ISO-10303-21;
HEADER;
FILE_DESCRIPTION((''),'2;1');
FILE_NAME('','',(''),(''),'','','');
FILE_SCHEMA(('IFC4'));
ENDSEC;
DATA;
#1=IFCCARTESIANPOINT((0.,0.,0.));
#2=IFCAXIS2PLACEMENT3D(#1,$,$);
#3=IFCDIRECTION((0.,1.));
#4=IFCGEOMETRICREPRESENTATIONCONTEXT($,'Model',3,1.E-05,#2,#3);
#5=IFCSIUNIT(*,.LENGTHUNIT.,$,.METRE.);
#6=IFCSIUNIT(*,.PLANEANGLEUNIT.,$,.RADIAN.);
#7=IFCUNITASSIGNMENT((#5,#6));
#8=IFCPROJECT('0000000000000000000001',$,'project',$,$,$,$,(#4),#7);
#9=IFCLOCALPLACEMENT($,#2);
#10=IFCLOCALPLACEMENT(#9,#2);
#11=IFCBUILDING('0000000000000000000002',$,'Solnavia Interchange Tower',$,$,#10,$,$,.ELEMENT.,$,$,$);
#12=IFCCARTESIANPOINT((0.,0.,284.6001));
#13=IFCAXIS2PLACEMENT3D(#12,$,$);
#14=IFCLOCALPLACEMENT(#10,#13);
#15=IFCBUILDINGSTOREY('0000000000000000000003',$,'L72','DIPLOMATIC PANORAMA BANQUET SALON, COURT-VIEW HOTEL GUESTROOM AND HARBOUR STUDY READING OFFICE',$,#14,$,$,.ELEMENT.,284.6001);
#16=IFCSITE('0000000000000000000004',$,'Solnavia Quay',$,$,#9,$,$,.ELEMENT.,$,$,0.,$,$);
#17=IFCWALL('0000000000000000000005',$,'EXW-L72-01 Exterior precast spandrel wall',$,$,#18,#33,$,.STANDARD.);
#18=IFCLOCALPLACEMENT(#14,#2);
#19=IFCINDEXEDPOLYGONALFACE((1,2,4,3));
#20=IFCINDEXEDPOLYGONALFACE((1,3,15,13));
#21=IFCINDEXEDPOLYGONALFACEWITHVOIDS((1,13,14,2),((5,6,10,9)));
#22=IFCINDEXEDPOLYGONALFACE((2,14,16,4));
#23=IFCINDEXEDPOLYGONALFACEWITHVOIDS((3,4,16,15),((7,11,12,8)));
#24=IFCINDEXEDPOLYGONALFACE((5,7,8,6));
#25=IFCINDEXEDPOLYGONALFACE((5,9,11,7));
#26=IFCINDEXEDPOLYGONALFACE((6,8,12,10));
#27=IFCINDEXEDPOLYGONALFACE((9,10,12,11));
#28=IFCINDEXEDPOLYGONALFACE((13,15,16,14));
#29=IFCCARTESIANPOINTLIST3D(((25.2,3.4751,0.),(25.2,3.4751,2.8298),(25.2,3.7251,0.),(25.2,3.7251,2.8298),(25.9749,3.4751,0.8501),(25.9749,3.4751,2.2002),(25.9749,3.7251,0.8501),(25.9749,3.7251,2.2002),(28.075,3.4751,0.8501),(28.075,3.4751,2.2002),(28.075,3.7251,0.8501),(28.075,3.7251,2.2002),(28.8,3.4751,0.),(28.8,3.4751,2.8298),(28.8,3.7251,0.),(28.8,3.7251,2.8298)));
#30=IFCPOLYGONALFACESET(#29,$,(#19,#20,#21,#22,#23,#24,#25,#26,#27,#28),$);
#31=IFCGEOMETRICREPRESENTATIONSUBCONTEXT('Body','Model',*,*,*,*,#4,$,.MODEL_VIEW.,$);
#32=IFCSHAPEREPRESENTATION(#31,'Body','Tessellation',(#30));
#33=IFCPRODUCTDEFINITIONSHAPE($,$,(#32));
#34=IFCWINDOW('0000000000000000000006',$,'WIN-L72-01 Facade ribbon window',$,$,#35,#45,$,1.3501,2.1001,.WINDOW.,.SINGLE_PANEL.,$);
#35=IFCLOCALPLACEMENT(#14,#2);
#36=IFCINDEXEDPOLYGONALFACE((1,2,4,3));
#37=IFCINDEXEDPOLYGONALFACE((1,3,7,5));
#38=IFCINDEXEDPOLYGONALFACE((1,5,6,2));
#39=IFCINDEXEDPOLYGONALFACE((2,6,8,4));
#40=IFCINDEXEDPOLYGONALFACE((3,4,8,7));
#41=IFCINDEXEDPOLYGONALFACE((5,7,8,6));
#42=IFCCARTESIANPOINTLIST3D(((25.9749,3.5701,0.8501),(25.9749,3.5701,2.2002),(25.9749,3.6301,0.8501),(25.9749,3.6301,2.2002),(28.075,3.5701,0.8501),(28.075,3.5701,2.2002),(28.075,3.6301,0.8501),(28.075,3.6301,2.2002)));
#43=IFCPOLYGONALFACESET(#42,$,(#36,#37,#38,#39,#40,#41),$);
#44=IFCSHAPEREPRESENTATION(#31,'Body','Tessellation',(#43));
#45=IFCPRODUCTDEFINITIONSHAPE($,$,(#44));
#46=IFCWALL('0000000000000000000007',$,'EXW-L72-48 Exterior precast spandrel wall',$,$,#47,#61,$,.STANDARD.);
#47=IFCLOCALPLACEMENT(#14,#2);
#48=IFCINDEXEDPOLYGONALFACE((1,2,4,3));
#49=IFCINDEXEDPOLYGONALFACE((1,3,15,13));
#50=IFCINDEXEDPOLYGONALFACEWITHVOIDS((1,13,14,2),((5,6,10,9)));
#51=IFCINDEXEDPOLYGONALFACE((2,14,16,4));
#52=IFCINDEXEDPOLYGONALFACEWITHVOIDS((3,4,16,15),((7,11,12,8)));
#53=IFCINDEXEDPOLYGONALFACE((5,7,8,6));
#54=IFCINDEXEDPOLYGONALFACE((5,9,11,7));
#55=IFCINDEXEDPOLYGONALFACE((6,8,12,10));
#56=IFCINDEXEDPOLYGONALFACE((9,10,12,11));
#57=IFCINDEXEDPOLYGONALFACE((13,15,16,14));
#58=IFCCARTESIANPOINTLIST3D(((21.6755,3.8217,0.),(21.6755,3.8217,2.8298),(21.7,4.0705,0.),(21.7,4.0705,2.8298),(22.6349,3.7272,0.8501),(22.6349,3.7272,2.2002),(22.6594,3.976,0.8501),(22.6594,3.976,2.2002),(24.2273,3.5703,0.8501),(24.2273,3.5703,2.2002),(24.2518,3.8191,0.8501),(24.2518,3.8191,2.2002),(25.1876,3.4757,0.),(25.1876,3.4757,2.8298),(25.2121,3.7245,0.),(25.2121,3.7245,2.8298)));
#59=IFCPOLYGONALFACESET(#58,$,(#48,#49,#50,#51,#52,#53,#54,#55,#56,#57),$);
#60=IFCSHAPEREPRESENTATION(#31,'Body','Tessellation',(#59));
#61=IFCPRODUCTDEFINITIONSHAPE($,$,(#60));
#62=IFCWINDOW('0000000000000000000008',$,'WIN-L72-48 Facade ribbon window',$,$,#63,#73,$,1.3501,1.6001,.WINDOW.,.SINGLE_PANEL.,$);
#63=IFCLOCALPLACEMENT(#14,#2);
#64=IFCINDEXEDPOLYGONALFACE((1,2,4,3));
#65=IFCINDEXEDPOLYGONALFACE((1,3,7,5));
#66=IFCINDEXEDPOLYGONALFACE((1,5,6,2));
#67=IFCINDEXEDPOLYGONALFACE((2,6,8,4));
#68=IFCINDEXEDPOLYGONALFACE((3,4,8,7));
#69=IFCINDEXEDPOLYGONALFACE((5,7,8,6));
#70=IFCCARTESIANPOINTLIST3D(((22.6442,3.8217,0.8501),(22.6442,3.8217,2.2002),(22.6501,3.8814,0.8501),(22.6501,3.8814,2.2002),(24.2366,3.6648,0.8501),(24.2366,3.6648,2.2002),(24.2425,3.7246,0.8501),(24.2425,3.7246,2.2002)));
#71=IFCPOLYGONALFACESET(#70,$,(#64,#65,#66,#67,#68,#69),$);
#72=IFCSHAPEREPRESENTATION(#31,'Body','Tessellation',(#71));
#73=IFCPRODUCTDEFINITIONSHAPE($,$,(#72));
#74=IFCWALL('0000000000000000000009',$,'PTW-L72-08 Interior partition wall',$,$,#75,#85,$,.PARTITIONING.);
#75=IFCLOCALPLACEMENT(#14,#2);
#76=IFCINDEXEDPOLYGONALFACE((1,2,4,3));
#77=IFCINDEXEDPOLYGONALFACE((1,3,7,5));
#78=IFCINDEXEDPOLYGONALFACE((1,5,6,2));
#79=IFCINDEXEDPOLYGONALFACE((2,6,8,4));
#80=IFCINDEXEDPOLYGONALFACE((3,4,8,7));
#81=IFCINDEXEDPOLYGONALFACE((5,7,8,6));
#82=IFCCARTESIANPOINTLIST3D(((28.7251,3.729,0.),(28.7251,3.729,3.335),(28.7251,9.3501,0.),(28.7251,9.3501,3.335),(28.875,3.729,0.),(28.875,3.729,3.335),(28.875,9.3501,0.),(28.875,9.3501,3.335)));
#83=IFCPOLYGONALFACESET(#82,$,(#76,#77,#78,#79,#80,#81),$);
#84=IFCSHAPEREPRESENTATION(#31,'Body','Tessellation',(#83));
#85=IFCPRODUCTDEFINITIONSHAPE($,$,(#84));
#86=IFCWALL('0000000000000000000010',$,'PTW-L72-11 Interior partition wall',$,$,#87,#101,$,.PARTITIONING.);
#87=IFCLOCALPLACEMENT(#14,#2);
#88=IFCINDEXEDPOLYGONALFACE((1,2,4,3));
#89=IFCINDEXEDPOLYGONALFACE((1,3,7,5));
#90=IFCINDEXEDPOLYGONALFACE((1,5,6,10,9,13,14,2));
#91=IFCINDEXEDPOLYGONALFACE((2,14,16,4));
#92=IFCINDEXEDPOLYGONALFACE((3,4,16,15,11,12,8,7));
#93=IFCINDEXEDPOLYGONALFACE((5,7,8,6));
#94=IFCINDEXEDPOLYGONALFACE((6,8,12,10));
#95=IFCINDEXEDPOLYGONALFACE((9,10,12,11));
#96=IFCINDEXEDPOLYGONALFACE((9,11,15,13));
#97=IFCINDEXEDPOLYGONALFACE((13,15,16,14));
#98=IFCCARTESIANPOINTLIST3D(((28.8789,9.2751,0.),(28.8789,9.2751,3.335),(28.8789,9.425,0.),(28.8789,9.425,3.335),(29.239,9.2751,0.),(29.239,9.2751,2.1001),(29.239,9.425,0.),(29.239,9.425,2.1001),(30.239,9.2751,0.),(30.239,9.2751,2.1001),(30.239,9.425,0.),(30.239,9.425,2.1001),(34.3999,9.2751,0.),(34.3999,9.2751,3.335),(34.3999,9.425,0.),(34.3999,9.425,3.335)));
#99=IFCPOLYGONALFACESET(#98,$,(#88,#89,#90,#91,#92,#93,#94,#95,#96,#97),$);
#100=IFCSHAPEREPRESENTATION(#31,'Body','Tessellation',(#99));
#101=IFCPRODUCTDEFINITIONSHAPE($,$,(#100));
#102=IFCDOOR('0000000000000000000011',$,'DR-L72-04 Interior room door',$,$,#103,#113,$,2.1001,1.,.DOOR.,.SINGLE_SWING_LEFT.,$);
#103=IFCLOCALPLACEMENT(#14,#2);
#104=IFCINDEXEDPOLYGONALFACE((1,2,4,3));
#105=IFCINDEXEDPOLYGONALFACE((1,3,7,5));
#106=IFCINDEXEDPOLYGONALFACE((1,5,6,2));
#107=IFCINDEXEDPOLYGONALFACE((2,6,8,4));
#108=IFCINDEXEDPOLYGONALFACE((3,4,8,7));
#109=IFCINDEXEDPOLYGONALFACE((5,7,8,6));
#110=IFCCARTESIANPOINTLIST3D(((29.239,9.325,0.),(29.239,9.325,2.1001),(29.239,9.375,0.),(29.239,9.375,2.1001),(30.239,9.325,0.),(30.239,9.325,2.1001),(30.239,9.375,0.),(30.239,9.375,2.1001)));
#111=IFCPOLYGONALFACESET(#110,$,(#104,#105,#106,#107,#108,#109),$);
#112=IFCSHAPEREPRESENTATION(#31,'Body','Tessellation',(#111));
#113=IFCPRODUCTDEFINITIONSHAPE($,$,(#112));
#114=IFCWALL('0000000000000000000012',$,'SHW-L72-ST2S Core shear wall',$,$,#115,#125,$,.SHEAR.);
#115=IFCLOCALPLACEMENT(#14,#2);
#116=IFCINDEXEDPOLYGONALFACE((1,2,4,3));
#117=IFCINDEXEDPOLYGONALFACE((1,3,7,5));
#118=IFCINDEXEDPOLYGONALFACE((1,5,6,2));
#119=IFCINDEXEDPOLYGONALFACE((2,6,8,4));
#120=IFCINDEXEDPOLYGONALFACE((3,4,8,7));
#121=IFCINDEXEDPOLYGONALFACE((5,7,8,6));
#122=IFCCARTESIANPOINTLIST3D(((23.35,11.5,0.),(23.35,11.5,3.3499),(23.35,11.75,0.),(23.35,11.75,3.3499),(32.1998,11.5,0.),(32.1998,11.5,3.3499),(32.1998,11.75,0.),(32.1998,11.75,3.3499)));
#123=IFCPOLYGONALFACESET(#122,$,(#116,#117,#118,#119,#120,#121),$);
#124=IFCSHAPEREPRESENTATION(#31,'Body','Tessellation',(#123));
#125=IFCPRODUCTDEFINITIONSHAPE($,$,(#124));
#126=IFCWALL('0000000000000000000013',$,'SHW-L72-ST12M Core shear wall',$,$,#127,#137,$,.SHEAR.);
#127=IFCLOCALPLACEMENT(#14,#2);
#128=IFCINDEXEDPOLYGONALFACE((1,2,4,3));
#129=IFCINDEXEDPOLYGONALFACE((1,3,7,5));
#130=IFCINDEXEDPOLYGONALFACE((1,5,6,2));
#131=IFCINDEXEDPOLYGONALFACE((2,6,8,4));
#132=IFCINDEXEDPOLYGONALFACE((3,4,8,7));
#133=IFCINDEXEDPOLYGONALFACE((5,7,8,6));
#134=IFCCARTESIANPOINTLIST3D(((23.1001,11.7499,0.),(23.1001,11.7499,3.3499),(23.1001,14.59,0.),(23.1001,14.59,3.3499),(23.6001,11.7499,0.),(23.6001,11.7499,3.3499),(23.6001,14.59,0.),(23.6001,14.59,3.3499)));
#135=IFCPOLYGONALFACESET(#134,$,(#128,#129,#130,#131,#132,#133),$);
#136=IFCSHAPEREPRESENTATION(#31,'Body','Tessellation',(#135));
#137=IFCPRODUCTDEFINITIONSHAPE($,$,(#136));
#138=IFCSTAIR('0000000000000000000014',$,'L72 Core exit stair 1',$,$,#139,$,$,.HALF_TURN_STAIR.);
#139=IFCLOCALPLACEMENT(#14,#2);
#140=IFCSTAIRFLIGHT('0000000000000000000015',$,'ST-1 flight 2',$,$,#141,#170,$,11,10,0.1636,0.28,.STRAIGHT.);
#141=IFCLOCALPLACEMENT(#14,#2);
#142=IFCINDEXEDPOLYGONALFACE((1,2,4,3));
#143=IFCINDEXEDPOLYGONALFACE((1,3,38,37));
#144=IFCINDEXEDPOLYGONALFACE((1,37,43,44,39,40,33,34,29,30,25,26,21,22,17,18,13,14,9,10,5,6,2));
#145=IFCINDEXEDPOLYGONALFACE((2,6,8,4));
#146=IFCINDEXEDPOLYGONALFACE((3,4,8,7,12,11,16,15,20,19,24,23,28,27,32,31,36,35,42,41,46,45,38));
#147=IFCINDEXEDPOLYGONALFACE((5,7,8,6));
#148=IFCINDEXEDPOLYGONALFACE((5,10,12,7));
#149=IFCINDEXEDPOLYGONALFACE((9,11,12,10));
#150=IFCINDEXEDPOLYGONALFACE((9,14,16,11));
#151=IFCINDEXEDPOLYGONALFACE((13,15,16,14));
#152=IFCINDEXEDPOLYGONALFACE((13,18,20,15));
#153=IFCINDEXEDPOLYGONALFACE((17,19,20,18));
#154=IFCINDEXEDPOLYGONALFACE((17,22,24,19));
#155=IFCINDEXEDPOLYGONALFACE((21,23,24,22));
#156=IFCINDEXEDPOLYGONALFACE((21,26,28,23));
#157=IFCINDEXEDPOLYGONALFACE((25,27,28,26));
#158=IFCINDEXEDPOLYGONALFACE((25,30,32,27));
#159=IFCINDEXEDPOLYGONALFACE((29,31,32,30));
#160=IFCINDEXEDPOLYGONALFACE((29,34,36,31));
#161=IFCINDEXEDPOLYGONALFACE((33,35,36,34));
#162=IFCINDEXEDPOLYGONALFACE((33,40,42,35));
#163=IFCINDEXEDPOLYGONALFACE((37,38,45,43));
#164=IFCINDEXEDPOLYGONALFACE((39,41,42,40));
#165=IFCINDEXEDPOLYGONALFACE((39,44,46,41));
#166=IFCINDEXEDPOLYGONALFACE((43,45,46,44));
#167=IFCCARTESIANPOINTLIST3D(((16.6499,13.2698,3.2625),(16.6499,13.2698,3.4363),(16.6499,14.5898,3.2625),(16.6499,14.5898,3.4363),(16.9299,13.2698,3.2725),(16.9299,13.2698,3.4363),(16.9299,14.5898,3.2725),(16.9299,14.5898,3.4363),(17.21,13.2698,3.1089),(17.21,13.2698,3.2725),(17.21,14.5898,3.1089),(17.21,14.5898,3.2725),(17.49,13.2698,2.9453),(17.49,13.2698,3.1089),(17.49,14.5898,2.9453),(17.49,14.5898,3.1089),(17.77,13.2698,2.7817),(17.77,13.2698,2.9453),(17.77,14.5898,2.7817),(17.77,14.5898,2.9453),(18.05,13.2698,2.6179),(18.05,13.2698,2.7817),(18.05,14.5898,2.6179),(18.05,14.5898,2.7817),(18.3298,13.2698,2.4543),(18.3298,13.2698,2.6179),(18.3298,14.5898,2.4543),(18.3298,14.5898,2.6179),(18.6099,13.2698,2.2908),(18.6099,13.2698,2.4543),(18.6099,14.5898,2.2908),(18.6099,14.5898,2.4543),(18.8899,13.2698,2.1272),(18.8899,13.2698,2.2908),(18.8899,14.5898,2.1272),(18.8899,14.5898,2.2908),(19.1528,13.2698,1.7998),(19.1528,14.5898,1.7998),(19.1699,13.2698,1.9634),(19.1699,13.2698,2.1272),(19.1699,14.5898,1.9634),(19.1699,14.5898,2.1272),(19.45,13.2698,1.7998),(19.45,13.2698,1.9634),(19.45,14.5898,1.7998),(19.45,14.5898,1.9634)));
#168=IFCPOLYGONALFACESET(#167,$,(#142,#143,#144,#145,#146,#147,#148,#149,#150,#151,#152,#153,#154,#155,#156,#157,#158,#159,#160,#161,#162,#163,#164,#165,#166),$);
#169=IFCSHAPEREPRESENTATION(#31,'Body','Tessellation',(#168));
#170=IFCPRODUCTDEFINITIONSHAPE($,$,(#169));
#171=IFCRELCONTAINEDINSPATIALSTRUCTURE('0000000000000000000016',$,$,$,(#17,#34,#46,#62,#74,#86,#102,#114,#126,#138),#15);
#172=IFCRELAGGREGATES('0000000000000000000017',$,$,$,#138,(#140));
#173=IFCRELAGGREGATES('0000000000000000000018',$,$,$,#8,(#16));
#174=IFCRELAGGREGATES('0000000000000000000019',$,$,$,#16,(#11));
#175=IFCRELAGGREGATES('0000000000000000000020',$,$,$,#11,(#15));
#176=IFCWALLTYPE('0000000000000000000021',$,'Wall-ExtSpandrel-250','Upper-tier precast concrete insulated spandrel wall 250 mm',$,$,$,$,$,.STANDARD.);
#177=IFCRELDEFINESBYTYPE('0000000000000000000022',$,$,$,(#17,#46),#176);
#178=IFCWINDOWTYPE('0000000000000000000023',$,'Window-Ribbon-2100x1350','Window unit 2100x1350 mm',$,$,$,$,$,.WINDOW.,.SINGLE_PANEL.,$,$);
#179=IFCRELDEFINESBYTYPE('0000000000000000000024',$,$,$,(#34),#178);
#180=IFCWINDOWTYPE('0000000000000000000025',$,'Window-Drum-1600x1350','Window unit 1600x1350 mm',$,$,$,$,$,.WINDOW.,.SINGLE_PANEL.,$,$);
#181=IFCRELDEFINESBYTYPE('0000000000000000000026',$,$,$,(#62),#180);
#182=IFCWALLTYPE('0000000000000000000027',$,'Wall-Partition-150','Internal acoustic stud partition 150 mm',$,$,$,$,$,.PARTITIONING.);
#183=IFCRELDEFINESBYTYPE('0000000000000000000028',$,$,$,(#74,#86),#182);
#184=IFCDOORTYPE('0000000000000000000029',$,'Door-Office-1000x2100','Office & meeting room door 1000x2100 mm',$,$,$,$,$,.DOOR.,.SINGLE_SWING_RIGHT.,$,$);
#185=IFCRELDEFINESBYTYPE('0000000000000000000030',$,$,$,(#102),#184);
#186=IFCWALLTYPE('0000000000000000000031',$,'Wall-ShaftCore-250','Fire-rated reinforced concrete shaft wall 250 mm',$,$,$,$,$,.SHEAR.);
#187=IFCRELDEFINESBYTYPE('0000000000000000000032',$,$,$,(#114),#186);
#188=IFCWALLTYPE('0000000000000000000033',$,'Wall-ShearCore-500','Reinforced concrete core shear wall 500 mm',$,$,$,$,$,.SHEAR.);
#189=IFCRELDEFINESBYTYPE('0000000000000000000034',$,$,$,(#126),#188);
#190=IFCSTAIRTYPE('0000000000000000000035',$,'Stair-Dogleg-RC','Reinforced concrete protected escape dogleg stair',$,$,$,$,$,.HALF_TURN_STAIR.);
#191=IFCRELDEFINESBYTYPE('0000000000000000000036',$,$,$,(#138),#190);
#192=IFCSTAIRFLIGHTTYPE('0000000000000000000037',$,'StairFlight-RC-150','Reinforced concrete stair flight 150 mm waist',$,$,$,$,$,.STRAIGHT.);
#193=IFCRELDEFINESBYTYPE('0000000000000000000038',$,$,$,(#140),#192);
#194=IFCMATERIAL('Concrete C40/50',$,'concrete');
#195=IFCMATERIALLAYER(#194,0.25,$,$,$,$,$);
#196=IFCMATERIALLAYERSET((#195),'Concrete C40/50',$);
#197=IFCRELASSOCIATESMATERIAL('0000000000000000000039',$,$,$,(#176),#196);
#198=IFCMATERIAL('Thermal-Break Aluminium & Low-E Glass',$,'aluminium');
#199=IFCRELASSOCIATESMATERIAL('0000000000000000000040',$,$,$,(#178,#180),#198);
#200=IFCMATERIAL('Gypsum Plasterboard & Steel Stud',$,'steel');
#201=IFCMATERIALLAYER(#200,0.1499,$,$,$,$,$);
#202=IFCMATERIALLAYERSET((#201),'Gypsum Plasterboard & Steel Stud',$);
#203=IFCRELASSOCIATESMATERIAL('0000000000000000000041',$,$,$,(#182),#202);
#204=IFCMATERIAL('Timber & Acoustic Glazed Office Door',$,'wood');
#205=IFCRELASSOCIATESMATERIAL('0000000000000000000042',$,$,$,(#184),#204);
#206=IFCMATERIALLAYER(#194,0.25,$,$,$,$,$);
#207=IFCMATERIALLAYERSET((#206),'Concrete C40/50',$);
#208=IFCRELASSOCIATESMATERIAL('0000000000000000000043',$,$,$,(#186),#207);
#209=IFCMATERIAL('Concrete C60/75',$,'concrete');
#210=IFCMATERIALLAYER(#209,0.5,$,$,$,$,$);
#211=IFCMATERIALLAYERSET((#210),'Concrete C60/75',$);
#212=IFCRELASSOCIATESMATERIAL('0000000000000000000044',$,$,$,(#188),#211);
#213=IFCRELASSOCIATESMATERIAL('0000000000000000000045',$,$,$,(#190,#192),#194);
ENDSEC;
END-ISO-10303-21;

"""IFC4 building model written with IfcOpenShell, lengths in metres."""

from ifc_helpers import new_model, si_unit, direction, frame, frame_2d, origin, place, context, subcontext, project, spatial, polyline, rectangle, outline, extrude, material, layer, layer_set, type_object, element, fill, aggregate, save


model = new_model("IFC4")

# Units and contexts
model_context = context("Model", 3, precision=1e-05, world=origin(), true_north=direction((0.0, 1.0)))
body_context = subcontext(model_context, "Body", "Model", "MODEL_VIEW")
ifc_project = project(units=[si_unit("LENGTHUNIT", "METRE"), si_unit("PLANEANGLEUNIT", "RADIAN")], contexts=[model_context])

# Site, building, storey
site_placement = place(None, origin())
site = spatial("IfcSite", under=ifc_project, at=site_placement, Name="Solnavia Quay", CompositionType="ELEMENT", RefElevation=0.0)
building_placement = place(site_placement, origin())
building = spatial("IfcBuilding", under=site, at=building_placement, Name="Solnavia Interchange Tower", CompositionType="ELEMENT")
storey_placement = place(building_placement, frame((0.0, 0.0, 284.6001)))
storey = spatial("IfcBuildingStorey", under=building, at=storey_placement, Name="L72", Description="DIPLOMATIC PANORAMA BANQUET SALON, COURT-VIEW HOTEL GUESTROOM AND HARBOUR STUDY READING OFFICE", CompositionType="ELEMENT", Elevation=284.6001)

# Walls, openings, windows
ifc_material_1 = material(Name="Concrete C40/50", Category="concrete")
ifc_layer_1 = layer(ifc_material_1, 0.25)
ifc_layer_set_1 = layer_set([ifc_layer_1], Name="Concrete C40/50")
wall_type_1 = type_object("IfcWallType", Name="Wall-ExtSpandrel-250", Description="Upper-tier precast concrete insulated spandrel wall 250 mm", PredefinedType="STANDARD", material=ifc_layer_set_1)
wall_1_placement = place(storey_placement, frame((28.8, 3.6001, 0.0), z_axis=(0.0, 0.0, 1.0), x_axis=(-1.0, 0.0, 0.0)))
wall_1 = element("IfcWall", 1, at=wall_1_placement, inside=storey, type_object=wall_type_1, Name="EXW-L72-01 Exterior precast spandrel wall", PredefinedType="STANDARD", context=body_context, shape_type="SweptSolid", body=[
    extrude(rectangle(XDim=3.6001, YDim=0.25, at=frame_2d((1.8, 0.0))), origin(), (0.0, 0.0, 1.0), 2.8298),
])
opening_1_placement = place(wall_1_placement, frame((0.7251, 0.0, 0.8501)))
opening_1 = element("IfcOpeningElement", 2, at=opening_1_placement, cuts=wall_1, PredefinedType="OPENING", context=body_context, shape_type="SweptSolid", body=[
    extrude(rectangle(XDim=2.1001, YDim=1.3501, at=frame_2d((1.05, 0.675))), frame((0.0, 0.135, 0.0), z_axis=(0.0, -1.0, 0.0), x_axis=(1.0, 0.0, 0.0)), (0.0, 0.0, 1.0), 0.27),
])
ifc_material_2 = material(Name="Thermal-Break Aluminium & Low-E Glass", Category="aluminium")
window_type_1 = type_object("IfcWindowType", Name="Window-Ribbon-2100x1350", Description="Window unit 2100x1350 mm", PartitioningType="SINGLE_PANEL", PredefinedType="WINDOW", material=ifc_material_2)
window_1_placement = place(opening_1_placement, origin())
window_1 = element("IfcWindow", 3, at=window_1_placement, inside=storey, type_object=window_type_1, Name="WIN-L72-01 Facade ribbon window", OverallHeight=1.3501, OverallWidth=2.1001, PartitioningType="SINGLE_PANEL", PredefinedType="WINDOW", context=body_context, shape_type="SweptSolid", body=[
    extrude(rectangle(XDim=2.1001, YDim=1.3501, at=frame_2d((1.05, 0.675))), frame((0.0, 0.03, 0.0), z_axis=(0.0, -1.0, 0.0), x_axis=(1.0, 0.0, 0.0)), (0.0, 0.0, 1.0), 0.0601),
])
fill(opening_1, window_1)
wall_2_placement = place(storey_placement, frame((25.2, 3.6001, 0.0), z_axis=(0.0, 0.0, 1.0), x_axis=(-0.995183, 0.098031, 0.0)))
wall_2 = element("IfcWall", 4, at=wall_2_placement, inside=storey, type_object=wall_type_1, Name="EXW-L72-48 Exterior precast spandrel wall", PredefinedType="STANDARD", context=body_context, shape_type="SweptSolid", body=[
    extrude(rectangle(XDim=3.5291, YDim=0.25, at=frame_2d((1.7646, 0.0))), origin(), (0.0, 0.0, 1.0), 2.8298),
])
opening_2_placement = place(wall_2_placement, frame((0.9651, 0.0, 0.8501)))
opening_2 = element("IfcOpeningElement", 5, at=opening_2_placement, cuts=wall_2, PredefinedType="OPENING", context=body_context, shape_type="SweptSolid", body=[
    extrude(rectangle(XDim=1.6001, YDim=1.3501, at=frame_2d((0.8, 0.675))), frame((0.0, 0.135, 0.0), z_axis=(0.0, -1.0, 0.0), x_axis=(1.0, 0.0, 0.0)), (0.0, 0.0, 1.0), 0.27),
])
window_type_2 = type_object("IfcWindowType", Name="Window-Drum-1600x1350", Description="Window unit 1600x1350 mm", PartitioningType="SINGLE_PANEL", PredefinedType="WINDOW", material=ifc_material_2)
window_2_placement = place(opening_2_placement, origin())
window_2 = element("IfcWindow", 6, at=window_2_placement, inside=storey, type_object=window_type_2, Name="WIN-L72-48 Facade ribbon window", OverallHeight=1.3501, OverallWidth=1.6001, PartitioningType="SINGLE_PANEL", PredefinedType="WINDOW", context=body_context, shape_type="SweptSolid", body=[
    extrude(rectangle(XDim=1.6001, YDim=1.3501, at=frame_2d((0.8, 0.675))), frame((0.0, 0.03, 0.0), z_axis=(0.0, -1.0, 0.0), x_axis=(1.0, 0.0, 0.0)), (0.0, 0.0, 1.0), 0.0601),
])
fill(opening_2, window_2)

# Wall
ifc_material_3 = material(Name="Gypsum Plasterboard & Steel Stud", Category="steel")
ifc_layer_2 = layer(ifc_material_3, 0.1499)
ifc_layer_set_2 = layer_set([ifc_layer_2], Name="Gypsum Plasterboard & Steel Stud")
wall_type_2 = type_object("IfcWallType", Name="Wall-Partition-150", Description="Internal acoustic stud partition 150 mm", PredefinedType="PARTITIONING", material=ifc_layer_set_2)
wall_3_placement = place(storey_placement, frame((28.8, 9.3501, 0.0), z_axis=(0.0, 0.0, 1.0), x_axis=(0.0, -1.0, 0.0)))
element("IfcWall", 7, at=wall_3_placement, inside=storey, type_object=wall_type_2, Name="PTW-L72-08 Interior partition wall", PredefinedType="PARTITIONING", context=body_context, shape_type="SweptSolid", body=[
    extrude(rectangle(XDim=5.6211, YDim=0.1499, at=frame_2d((2.8105, 0.0))), origin(), (0.0, 0.0, 1.0), 3.335),
])

# Wall, opening, door
wall_4_placement = place(storey_placement, frame((28.8789, 9.3501, 0.0), z_axis=(0.0, 0.0, 1.0), x_axis=(1.0, 0.0, 0.0)))
wall_4 = element("IfcWall", 8, at=wall_4_placement, inside=storey, type_object=wall_type_2, Name="PTW-L72-11 Interior partition wall", PredefinedType="PARTITIONING", context=body_context, shape_type="SweptSolid", body=[
    extrude(rectangle(XDim=5.521, YDim=0.1499, at=frame_2d((2.7605, 0.0))), origin(), (0.0, 0.0, 1.0), 3.335),
])
opening_3_placement = place(wall_4_placement, frame((0.3601, 0.0, 0.0)))
opening_3 = element("IfcOpeningElement", 9, at=opening_3_placement, cuts=wall_4, PredefinedType="OPENING", context=body_context, shape_type="SweptSolid", body=[
    extrude(rectangle(XDim=1.0, YDim=2.1001, at=frame_2d((0.5, 1.05))), frame((0.0, 0.085, 0.0), z_axis=(0.0, -1.0, 0.0), x_axis=(1.0, 0.0, 0.0)), (0.0, 0.0, 1.0), 0.1699),
])
ifc_material_4 = material(Name="Timber & Acoustic Glazed Office Door", Category="wood")
door_type = type_object("IfcDoorType", Name="Door-Office-1000x2100", Description="Office & meeting room door 1000x2100 mm", OperationType="SINGLE_SWING_RIGHT", PredefinedType="DOOR", material=ifc_material_4)
door_placement = place(opening_3_placement, origin())
door = element("IfcDoor", 10, at=door_placement, inside=storey, type_object=door_type, Name="DR-L72-04 Interior room door", OperationType="SINGLE_SWING_LEFT", OverallHeight=2.1001, OverallWidth=1.0, PredefinedType="DOOR", context=body_context, shape_type="SweptSolid", body=[
    extrude(rectangle(XDim=1.0, YDim=2.1001, at=frame_2d((0.5, 1.05))), frame((0.0, 0.0249, 0.0), z_axis=(0.0, -1.0, 0.0), x_axis=(1.0, 0.0, 0.0)), (0.0, 0.0, 1.0), 0.05),
])
fill(opening_3, door)

# Walls
ifc_layer_3 = layer(ifc_material_1, 0.25)
ifc_layer_set_3 = layer_set([ifc_layer_3], Name="Concrete C40/50")
wall_type_3 = type_object("IfcWallType", Name="Wall-ShaftCore-250", Description="Fire-rated reinforced concrete shaft wall 250 mm", PredefinedType="SHEAR", material=ifc_layer_set_3)
wall_5_placement = place(storey_placement, frame((23.3501, 11.625, 0.0), z_axis=(0.0, 0.0, 1.0), x_axis=(1.0, 0.0, 0.0)))
element("IfcWall", 11, at=wall_5_placement, inside=storey, type_object=wall_type_3, Name="SHW-L72-ST2S Core shear wall", PredefinedType="SHEAR", context=body_context, shape_type="SweptSolid", body=[
    extrude(rectangle(XDim=8.8499, YDim=0.25, at=frame_2d((4.4248, 0.0))), origin(), (0.0, 0.0, 1.0), 3.3499),
])
ifc_material_5 = material(Name="Concrete C60/75", Category="concrete")
ifc_layer_4 = layer(ifc_material_5, 0.5)
ifc_layer_set_4 = layer_set([ifc_layer_4], Name="Concrete C60/75")
wall_type_4 = type_object("IfcWallType", Name="Wall-ShearCore-500", Description="Reinforced concrete core shear wall 500 mm", PredefinedType="SHEAR", material=ifc_layer_set_4)
wall_6_placement = place(storey_placement, frame((23.3501, 11.75, 0.0), z_axis=(0.0, 0.0, 1.0), x_axis=(0.0, 1.0, 0.0)))
element("IfcWall", 12, at=wall_6_placement, inside=storey, type_object=wall_type_4, Name="SHW-L72-ST12M Core shear wall", PredefinedType="SHEAR", context=body_context, shape_type="SweptSolid", body=[
    extrude(rectangle(XDim=2.8401, YDim=0.5, at=frame_2d((1.4199, 0.0))), origin(), (0.0, 0.0, 1.0), 3.3499),
])

# Stair, stair flight
stair_type = type_object("IfcStairType", Name="Stair-Dogleg-RC", Description="Reinforced concrete protected escape dogleg stair", PredefinedType="HALF_TURN_STAIR", material=ifc_material_1)
stair_1_placement = place(storey_placement, origin())
stair_1 = element("IfcStair", 13, at=stair_1_placement, inside=storey, type_object=stair_type, Name="L72 Core exit stair 1", PredefinedType="HALF_TURN_STAIR")
stair_flight_type = type_object("IfcStairFlightType", Name="StairFlight-RC-150", Description="Reinforced concrete stair flight 150 mm waist", PredefinedType="STRAIGHT", material=ifc_material_1)
stair_flight_1_placement = place(storey_placement, frame((19.45, 13.9299, 1.7998), z_axis=(0.0, 0.0, 1.0), x_axis=(-1.0, 0.0, 0.0)))
stair_flight_1 = element("IfcStairFlight", 14, at=stair_flight_1_placement, type_object=stair_flight_type, Name="ST-1 flight 2", NumberOfRisers=11, NumberOfTreads=10, PredefinedType="STRAIGHT", RiserHeight=0.1636, TreadLength=0.28, context=body_context, shape_type="SweptSolid", body=[
    extrude(outline(polyline([(0.0, 0.0), (0.0, 0.1636), (0.28, 0.1636), (0.28, 0.3274), (0.5601, 0.3274), (0.5601, 0.491), (0.8401, 0.491), (0.8401, 0.6545), (1.1201, 0.6545), (1.1201, 0.8181), (1.3999, 0.8181), (1.3999, 0.9819), (1.6799, 0.9819), (1.6799, 1.1455), (1.96, 1.1455), (1.96, 1.3091), (2.24, 1.3091), (2.24, 1.4727), (2.52, 1.4727), (2.52, 1.6365), (2.8, 1.6365), (2.8, 1.8), (2.8, 1.4626), (0.2971, 0.0), (0.0, 0.0)])), frame((0.0, 0.6602, 0.0), z_axis=(0.0, -1.0, 0.0), x_axis=(1.0, 0.0, 0.0)), (0.0, 0.0, 1.0), 1.3201),
])
aggregate(stair_1, [stair_flight_1])

save(model, "model.ifc")
